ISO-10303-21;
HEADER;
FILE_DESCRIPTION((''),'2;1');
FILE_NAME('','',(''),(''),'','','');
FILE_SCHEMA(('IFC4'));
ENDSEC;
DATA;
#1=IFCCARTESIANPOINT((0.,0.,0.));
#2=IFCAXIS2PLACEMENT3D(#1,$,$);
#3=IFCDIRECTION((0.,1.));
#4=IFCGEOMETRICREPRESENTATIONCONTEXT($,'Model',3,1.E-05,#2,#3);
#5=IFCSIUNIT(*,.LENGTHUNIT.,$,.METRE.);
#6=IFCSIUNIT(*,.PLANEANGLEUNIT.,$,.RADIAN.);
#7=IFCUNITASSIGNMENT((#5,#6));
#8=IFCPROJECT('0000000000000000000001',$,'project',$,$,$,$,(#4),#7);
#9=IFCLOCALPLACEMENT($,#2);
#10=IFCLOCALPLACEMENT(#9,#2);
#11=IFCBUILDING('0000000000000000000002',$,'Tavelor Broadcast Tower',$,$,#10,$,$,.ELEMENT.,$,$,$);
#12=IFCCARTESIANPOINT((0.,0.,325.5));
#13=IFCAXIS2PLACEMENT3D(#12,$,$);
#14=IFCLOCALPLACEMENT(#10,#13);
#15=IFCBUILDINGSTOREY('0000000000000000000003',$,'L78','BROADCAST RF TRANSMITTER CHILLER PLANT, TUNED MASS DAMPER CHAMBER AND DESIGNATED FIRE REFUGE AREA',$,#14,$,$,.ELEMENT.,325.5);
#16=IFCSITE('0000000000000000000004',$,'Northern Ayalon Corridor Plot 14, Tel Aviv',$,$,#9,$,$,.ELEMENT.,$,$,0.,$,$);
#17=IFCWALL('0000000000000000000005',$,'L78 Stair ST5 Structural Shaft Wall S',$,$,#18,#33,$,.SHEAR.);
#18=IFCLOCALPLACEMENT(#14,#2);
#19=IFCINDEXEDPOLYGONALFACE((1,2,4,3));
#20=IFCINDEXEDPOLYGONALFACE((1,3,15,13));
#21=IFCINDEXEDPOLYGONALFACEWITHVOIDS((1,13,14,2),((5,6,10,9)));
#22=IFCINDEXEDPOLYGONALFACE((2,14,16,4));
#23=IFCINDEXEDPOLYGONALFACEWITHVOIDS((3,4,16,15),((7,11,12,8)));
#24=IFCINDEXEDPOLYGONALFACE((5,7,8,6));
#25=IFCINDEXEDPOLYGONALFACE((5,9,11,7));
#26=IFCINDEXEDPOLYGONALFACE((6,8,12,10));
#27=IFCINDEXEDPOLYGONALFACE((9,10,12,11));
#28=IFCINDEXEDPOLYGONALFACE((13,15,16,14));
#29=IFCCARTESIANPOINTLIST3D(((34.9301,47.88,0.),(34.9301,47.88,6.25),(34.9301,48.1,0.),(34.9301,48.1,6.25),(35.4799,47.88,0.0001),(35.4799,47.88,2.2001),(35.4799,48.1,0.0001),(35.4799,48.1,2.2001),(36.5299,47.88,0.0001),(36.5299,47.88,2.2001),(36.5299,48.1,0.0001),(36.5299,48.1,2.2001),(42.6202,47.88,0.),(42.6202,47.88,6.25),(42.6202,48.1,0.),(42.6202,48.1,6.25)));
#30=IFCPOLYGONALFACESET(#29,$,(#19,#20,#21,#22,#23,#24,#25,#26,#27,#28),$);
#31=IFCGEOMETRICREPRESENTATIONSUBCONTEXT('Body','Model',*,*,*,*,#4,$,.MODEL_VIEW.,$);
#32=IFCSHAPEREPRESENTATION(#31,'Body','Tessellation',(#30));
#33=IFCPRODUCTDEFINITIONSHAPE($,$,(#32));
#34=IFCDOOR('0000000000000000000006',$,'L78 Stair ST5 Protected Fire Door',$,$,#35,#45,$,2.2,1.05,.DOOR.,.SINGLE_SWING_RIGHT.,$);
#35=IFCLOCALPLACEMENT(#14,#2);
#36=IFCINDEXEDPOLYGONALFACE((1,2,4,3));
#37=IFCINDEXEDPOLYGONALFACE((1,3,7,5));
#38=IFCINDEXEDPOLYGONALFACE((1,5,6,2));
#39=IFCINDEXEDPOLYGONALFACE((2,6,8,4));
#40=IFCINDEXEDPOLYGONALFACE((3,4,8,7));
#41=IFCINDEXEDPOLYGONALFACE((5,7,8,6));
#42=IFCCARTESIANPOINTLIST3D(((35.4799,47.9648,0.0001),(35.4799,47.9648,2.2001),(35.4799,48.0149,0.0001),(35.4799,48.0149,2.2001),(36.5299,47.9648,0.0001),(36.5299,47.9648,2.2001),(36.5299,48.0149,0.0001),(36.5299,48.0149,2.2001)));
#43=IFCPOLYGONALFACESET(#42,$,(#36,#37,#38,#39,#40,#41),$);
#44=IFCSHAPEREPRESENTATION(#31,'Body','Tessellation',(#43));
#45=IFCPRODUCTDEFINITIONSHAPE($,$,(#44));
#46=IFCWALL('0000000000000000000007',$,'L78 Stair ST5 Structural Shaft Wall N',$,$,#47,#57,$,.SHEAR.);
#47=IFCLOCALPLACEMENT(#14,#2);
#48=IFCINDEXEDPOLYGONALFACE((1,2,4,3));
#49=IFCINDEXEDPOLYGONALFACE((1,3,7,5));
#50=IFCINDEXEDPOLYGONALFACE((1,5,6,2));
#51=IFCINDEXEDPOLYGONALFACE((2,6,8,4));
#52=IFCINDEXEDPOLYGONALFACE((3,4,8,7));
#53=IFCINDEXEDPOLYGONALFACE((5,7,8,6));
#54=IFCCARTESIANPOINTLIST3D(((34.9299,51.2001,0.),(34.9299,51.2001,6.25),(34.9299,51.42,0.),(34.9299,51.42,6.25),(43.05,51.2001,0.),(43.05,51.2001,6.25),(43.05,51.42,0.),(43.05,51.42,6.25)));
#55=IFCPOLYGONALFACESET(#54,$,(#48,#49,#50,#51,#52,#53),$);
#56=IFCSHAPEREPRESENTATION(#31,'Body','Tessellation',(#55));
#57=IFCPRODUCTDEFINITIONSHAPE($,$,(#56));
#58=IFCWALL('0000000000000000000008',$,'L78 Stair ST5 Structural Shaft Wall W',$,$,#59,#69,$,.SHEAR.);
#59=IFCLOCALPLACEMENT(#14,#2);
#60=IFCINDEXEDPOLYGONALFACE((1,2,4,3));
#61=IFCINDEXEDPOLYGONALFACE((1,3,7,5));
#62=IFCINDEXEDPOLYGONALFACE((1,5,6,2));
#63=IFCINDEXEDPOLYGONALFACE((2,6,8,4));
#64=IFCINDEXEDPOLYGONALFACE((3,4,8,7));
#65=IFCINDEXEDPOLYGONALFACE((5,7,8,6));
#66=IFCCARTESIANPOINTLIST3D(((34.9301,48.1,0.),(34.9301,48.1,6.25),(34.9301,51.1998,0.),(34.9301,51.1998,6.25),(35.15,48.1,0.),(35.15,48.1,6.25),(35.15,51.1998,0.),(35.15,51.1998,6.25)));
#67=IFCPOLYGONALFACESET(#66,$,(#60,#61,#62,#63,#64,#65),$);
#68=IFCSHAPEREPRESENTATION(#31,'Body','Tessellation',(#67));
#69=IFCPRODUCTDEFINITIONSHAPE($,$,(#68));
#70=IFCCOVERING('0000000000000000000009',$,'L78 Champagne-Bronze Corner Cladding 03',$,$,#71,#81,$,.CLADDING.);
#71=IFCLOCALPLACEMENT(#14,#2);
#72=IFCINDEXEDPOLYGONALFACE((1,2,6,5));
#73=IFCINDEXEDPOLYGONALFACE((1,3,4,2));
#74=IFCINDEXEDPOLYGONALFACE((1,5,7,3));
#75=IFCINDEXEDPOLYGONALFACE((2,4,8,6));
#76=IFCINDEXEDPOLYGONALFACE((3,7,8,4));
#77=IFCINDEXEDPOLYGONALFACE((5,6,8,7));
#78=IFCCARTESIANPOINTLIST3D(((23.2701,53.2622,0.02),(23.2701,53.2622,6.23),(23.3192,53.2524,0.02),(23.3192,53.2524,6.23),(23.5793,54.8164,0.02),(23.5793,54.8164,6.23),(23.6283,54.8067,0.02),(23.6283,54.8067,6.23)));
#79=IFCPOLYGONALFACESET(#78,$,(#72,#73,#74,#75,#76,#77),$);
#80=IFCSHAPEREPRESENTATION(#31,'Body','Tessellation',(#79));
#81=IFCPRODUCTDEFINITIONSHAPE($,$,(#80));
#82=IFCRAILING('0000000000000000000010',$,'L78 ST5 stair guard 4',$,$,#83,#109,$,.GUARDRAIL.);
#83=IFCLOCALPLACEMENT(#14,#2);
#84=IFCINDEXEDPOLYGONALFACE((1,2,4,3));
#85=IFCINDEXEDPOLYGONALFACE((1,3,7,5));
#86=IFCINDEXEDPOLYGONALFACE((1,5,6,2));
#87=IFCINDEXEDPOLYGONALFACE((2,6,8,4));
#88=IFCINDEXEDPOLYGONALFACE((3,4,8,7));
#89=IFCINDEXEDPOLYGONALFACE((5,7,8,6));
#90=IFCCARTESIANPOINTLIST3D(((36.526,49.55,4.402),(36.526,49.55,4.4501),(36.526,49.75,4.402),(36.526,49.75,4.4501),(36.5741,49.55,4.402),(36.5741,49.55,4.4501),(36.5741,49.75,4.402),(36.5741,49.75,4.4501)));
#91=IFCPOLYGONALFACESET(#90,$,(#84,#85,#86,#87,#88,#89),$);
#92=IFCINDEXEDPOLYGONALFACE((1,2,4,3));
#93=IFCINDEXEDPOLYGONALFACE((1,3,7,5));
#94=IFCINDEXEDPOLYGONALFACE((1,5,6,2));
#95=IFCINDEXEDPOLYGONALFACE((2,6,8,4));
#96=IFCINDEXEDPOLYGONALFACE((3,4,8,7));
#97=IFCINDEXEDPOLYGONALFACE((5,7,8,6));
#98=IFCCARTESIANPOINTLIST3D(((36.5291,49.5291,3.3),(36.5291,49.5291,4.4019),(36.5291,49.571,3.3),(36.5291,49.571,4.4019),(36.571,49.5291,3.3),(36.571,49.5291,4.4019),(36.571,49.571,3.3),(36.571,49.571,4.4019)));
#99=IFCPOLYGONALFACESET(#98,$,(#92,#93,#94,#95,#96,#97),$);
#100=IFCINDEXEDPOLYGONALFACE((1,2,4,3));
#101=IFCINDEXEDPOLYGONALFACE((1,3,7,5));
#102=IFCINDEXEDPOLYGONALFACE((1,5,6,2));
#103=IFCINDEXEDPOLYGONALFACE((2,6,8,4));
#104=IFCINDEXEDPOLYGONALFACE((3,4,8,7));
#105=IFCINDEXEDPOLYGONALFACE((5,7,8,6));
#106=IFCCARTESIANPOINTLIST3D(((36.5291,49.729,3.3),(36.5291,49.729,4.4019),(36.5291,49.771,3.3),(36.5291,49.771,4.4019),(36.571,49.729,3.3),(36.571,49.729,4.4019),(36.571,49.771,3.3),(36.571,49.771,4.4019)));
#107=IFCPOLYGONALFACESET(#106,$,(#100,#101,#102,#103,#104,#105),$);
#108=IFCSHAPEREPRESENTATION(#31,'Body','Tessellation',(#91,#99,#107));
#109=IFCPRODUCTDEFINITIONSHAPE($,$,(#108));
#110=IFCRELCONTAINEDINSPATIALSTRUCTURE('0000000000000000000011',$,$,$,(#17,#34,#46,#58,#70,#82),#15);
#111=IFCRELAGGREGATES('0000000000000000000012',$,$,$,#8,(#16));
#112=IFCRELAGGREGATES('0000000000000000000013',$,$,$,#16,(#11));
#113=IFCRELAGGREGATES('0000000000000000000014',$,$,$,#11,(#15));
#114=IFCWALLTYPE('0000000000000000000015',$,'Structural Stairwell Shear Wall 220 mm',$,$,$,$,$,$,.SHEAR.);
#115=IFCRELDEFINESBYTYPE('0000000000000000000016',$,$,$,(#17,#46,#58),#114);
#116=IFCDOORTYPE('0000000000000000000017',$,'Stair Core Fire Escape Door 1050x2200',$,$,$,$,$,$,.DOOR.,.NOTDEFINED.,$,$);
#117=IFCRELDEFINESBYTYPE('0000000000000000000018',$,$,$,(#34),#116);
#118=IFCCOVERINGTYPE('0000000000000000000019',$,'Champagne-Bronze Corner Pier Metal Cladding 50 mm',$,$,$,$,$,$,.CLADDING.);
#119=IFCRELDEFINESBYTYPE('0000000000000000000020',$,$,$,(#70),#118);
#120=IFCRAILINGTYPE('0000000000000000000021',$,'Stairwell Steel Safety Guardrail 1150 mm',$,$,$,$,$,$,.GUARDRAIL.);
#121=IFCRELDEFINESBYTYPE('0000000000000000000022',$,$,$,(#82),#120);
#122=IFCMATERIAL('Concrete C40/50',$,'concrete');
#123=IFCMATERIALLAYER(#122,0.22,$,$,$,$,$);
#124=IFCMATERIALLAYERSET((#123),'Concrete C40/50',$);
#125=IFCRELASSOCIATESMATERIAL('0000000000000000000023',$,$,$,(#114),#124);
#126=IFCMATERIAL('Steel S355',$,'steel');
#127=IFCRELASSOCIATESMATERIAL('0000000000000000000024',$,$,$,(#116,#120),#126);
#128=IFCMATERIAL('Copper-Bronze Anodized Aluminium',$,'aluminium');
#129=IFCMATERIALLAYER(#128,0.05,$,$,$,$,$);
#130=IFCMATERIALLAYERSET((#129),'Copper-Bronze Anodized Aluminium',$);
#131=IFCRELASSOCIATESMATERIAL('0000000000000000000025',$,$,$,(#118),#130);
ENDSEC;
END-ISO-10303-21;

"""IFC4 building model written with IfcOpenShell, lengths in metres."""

from ifc_helpers import new_model, si_unit, direction, frame, frame_2d, origin, origin_2d, place, context, subcontext, project, spatial, rectangle, extrude, material, layer, layer_set, type_object, element, fill, save


model = new_model("IFC4")

# Units and contexts
model_context = context("Model", 3, precision=1e-05, world=origin(), true_north=direction((0.0, 1.0)))
body_context = subcontext(model_context, "Body", "Model", "MODEL_VIEW")
ifc_project = project(units=[si_unit("LENGTHUNIT", "METRE"), si_unit("PLANEANGLEUNIT", "RADIAN")], contexts=[model_context])

# Site, building, storey
site_placement = place(None, origin())
site = spatial("IfcSite", under=ifc_project, at=site_placement, Name="Northern Ayalon Corridor Plot 14, Tel Aviv", CompositionType="ELEMENT", RefElevation=0.0)
building_placement = place(site_placement, origin())
building = spatial("IfcBuilding", under=site, at=building_placement, Name="Tavelor Broadcast Tower", CompositionType="ELEMENT")
storey_placement = place(building_placement, frame((0.0, 0.0, 325.5)))
storey = spatial("IfcBuildingStorey", under=building, at=storey_placement, Name="L78", Description="BROADCAST RF TRANSMITTER CHILLER PLANT, TUNED MASS DAMPER CHAMBER AND DESIGNATED FIRE REFUGE AREA", CompositionType="ELEMENT", Elevation=325.5)

# Shared definitions
ifc_material_1 = material(Name="Steel S355", Category="steel")

# Wall, opening, door
ifc_material_2 = material(Name="Concrete C40/50", Category="concrete")
ifc_layer_1 = layer(ifc_material_2, 0.22)
ifc_layer_set_1 = layer_set([ifc_layer_1], Name="Concrete C40/50")
wall_type_1 = type_object("IfcWallType", Name="Structural Stairwell Shear Wall 220 mm", PredefinedType="SHEAR", material=ifc_layer_set_1)
wall_1_placement = place(storey_placement, frame((34.9299, 47.99, 0.0), z_axis=(0.0, 0.0, 1.0), x_axis=(1.0, 0.0, 0.0)))
wall_1 = element("IfcWall", 1, at=wall_1_placement, inside=storey, type_object=wall_type_1, Name="L78 Stair ST5 Structural Shaft Wall S", PredefinedType="SHEAR", context=body_context, shape_type="SweptSolid", body=[
    extrude(rectangle(XDim=7.6902, YDim=0.22, at=frame_2d((3.8452, 0.0))), origin(), (0.0, 0.0, 1.0), 6.25),
])
opening_placement = place(wall_1_placement, frame((0.55, 0.0, 0.0)))
opening = element("IfcOpeningElement", 2, at=opening_placement, cuts=wall_1, PredefinedType="OPENING", context=body_context, shape_type="SweptSolid", body=[
    extrude(rectangle(XDim=1.05, YDim=2.2, at=frame_2d((0.5249, 1.1001))), frame((0.0, 0.1201, 0.0), z_axis=(0.0, -1.0, 0.0), x_axis=(1.0, 0.0, 0.0)), (0.0, 0.0, 1.0), 0.24),
])
door_type = type_object("IfcDoorType", Name="Stair Core Fire Escape Door 1050x2200", OperationType="NOTDEFINED", PredefinedType="DOOR", material=ifc_material_1)
door_placement = place(opening_placement, origin())
door = element("IfcDoor", 3, at=door_placement, inside=storey, type_object=door_type, Name="L78 Stair ST5 Protected Fire Door", OperationType="SINGLE_SWING_RIGHT", OverallHeight=2.2, OverallWidth=1.05, PredefinedType="DOOR", context=body_context, shape_type="SweptSolid", body=[
    extrude(rectangle(XDim=1.05, YDim=2.2, at=frame_2d((0.5249, 1.1001))), frame((0.0, 0.0249, 0.0), z_axis=(0.0, -1.0, 0.0), x_axis=(1.0, 0.0, 0.0)), (0.0, 0.0, 1.0), 0.05),
])
fill(opening, door)

# Walls
wall_2_placement = place(storey_placement, frame((34.9299, 51.3101, 0.0), z_axis=(0.0, 0.0, 1.0), x_axis=(1.0, 0.0, 0.0)))
element("IfcWall", 4, at=wall_2_placement, inside=storey, type_object=wall_type_1, Name="L78 Stair ST5 Structural Shaft Wall N", PredefinedType="SHEAR", context=body_context, shape_type="SweptSolid", body=[
    extrude(rectangle(XDim=8.1201, YDim=0.22, at=frame_2d((4.0601, 0.0))), origin(), (0.0, 0.0, 1.0), 6.25),
])
wall_3_placement = place(storey_placement, frame((35.04, 48.1001, 0.0), z_axis=(0.0, 0.0, 1.0), x_axis=(0.0, 1.0, 0.0)))
element("IfcWall", 5, at=wall_3_placement, inside=storey, type_object=wall_type_1, Name="L78 Stair ST5 Structural Shaft Wall W", PredefinedType="SHEAR", context=body_context, shape_type="SweptSolid", body=[
    extrude(rectangle(XDim=3.0999, YDim=0.22, at=frame_2d((1.5498, 0.0))), origin(), (0.0, 0.0, 1.0), 6.25),
])

# Covering
ifc_material_3 = material(Name="Copper-Bronze Anodized Aluminium", Category="aluminium")
ifc_layer_2 = layer(ifc_material_3, 0.05)
ifc_layer_set_2 = layer_set([ifc_layer_2], Name="Copper-Bronze Anodized Aluminium")
covering_type = type_object("IfcCoveringType", Name="Champagne-Bronze Corner Pier Metal Cladding 50 mm", PredefinedType="CLADDING", material=ifc_layer_set_2)
covering_placement = place(storey_placement, frame((23.4492, 54.0344, 0.02), z_axis=(0.0, 0.0, 1.0), x_axis=(-0.19509, -0.980785, 0.0)))
element("IfcCovering", 6, at=covering_placement, inside=storey, type_object=covering_type, Name="L78 Champagne-Bronze Corner Cladding 03", PredefinedType="CLADDING", context=body_context, shape_type="SweptSolid", body=[
    extrude(rectangle(XDim=1.5847, YDim=0.05, at=origin_2d()), origin(), (0.0, 0.0, 1.0), 6.21),
])

# Railing
railing_type = type_object("IfcRailingType", Name="Stairwell Steel Safety Guardrail 1150 mm", PredefinedType="GUARDRAIL", material=ifc_material_1)
railing_placement = place(storey_placement, frame((36.55, 49.55, 3.3)))
element("IfcRailing", 7, at=railing_placement, inside=storey, type_object=railing_type, Name="L78 ST5 stair guard 4", PredefinedType="GUARDRAIL", context=body_context, shape_type="SweptSolid", body=[
    extrude(rectangle(XDim=0.0481, YDim=0.0481, at=origin_2d()), frame((0.0, 0.0, 1.126), z_axis=(0.0, 1.0, 0.0), x_axis=(-1.0, 0.0, 0.0)), (0.0, 0.0, 1.0), 0.2),
    extrude(rectangle(XDim=0.042, YDim=0.042, at=origin_2d()), origin(), (0.0, 0.0, 1.0), 1.1018),
    extrude(rectangle(XDim=0.042, YDim=0.042, at=origin_2d()), frame((0.0, 0.2, 0.0)), (0.0, 0.0, 1.0), 1.1018),
])

save(model, "model.ifc")
